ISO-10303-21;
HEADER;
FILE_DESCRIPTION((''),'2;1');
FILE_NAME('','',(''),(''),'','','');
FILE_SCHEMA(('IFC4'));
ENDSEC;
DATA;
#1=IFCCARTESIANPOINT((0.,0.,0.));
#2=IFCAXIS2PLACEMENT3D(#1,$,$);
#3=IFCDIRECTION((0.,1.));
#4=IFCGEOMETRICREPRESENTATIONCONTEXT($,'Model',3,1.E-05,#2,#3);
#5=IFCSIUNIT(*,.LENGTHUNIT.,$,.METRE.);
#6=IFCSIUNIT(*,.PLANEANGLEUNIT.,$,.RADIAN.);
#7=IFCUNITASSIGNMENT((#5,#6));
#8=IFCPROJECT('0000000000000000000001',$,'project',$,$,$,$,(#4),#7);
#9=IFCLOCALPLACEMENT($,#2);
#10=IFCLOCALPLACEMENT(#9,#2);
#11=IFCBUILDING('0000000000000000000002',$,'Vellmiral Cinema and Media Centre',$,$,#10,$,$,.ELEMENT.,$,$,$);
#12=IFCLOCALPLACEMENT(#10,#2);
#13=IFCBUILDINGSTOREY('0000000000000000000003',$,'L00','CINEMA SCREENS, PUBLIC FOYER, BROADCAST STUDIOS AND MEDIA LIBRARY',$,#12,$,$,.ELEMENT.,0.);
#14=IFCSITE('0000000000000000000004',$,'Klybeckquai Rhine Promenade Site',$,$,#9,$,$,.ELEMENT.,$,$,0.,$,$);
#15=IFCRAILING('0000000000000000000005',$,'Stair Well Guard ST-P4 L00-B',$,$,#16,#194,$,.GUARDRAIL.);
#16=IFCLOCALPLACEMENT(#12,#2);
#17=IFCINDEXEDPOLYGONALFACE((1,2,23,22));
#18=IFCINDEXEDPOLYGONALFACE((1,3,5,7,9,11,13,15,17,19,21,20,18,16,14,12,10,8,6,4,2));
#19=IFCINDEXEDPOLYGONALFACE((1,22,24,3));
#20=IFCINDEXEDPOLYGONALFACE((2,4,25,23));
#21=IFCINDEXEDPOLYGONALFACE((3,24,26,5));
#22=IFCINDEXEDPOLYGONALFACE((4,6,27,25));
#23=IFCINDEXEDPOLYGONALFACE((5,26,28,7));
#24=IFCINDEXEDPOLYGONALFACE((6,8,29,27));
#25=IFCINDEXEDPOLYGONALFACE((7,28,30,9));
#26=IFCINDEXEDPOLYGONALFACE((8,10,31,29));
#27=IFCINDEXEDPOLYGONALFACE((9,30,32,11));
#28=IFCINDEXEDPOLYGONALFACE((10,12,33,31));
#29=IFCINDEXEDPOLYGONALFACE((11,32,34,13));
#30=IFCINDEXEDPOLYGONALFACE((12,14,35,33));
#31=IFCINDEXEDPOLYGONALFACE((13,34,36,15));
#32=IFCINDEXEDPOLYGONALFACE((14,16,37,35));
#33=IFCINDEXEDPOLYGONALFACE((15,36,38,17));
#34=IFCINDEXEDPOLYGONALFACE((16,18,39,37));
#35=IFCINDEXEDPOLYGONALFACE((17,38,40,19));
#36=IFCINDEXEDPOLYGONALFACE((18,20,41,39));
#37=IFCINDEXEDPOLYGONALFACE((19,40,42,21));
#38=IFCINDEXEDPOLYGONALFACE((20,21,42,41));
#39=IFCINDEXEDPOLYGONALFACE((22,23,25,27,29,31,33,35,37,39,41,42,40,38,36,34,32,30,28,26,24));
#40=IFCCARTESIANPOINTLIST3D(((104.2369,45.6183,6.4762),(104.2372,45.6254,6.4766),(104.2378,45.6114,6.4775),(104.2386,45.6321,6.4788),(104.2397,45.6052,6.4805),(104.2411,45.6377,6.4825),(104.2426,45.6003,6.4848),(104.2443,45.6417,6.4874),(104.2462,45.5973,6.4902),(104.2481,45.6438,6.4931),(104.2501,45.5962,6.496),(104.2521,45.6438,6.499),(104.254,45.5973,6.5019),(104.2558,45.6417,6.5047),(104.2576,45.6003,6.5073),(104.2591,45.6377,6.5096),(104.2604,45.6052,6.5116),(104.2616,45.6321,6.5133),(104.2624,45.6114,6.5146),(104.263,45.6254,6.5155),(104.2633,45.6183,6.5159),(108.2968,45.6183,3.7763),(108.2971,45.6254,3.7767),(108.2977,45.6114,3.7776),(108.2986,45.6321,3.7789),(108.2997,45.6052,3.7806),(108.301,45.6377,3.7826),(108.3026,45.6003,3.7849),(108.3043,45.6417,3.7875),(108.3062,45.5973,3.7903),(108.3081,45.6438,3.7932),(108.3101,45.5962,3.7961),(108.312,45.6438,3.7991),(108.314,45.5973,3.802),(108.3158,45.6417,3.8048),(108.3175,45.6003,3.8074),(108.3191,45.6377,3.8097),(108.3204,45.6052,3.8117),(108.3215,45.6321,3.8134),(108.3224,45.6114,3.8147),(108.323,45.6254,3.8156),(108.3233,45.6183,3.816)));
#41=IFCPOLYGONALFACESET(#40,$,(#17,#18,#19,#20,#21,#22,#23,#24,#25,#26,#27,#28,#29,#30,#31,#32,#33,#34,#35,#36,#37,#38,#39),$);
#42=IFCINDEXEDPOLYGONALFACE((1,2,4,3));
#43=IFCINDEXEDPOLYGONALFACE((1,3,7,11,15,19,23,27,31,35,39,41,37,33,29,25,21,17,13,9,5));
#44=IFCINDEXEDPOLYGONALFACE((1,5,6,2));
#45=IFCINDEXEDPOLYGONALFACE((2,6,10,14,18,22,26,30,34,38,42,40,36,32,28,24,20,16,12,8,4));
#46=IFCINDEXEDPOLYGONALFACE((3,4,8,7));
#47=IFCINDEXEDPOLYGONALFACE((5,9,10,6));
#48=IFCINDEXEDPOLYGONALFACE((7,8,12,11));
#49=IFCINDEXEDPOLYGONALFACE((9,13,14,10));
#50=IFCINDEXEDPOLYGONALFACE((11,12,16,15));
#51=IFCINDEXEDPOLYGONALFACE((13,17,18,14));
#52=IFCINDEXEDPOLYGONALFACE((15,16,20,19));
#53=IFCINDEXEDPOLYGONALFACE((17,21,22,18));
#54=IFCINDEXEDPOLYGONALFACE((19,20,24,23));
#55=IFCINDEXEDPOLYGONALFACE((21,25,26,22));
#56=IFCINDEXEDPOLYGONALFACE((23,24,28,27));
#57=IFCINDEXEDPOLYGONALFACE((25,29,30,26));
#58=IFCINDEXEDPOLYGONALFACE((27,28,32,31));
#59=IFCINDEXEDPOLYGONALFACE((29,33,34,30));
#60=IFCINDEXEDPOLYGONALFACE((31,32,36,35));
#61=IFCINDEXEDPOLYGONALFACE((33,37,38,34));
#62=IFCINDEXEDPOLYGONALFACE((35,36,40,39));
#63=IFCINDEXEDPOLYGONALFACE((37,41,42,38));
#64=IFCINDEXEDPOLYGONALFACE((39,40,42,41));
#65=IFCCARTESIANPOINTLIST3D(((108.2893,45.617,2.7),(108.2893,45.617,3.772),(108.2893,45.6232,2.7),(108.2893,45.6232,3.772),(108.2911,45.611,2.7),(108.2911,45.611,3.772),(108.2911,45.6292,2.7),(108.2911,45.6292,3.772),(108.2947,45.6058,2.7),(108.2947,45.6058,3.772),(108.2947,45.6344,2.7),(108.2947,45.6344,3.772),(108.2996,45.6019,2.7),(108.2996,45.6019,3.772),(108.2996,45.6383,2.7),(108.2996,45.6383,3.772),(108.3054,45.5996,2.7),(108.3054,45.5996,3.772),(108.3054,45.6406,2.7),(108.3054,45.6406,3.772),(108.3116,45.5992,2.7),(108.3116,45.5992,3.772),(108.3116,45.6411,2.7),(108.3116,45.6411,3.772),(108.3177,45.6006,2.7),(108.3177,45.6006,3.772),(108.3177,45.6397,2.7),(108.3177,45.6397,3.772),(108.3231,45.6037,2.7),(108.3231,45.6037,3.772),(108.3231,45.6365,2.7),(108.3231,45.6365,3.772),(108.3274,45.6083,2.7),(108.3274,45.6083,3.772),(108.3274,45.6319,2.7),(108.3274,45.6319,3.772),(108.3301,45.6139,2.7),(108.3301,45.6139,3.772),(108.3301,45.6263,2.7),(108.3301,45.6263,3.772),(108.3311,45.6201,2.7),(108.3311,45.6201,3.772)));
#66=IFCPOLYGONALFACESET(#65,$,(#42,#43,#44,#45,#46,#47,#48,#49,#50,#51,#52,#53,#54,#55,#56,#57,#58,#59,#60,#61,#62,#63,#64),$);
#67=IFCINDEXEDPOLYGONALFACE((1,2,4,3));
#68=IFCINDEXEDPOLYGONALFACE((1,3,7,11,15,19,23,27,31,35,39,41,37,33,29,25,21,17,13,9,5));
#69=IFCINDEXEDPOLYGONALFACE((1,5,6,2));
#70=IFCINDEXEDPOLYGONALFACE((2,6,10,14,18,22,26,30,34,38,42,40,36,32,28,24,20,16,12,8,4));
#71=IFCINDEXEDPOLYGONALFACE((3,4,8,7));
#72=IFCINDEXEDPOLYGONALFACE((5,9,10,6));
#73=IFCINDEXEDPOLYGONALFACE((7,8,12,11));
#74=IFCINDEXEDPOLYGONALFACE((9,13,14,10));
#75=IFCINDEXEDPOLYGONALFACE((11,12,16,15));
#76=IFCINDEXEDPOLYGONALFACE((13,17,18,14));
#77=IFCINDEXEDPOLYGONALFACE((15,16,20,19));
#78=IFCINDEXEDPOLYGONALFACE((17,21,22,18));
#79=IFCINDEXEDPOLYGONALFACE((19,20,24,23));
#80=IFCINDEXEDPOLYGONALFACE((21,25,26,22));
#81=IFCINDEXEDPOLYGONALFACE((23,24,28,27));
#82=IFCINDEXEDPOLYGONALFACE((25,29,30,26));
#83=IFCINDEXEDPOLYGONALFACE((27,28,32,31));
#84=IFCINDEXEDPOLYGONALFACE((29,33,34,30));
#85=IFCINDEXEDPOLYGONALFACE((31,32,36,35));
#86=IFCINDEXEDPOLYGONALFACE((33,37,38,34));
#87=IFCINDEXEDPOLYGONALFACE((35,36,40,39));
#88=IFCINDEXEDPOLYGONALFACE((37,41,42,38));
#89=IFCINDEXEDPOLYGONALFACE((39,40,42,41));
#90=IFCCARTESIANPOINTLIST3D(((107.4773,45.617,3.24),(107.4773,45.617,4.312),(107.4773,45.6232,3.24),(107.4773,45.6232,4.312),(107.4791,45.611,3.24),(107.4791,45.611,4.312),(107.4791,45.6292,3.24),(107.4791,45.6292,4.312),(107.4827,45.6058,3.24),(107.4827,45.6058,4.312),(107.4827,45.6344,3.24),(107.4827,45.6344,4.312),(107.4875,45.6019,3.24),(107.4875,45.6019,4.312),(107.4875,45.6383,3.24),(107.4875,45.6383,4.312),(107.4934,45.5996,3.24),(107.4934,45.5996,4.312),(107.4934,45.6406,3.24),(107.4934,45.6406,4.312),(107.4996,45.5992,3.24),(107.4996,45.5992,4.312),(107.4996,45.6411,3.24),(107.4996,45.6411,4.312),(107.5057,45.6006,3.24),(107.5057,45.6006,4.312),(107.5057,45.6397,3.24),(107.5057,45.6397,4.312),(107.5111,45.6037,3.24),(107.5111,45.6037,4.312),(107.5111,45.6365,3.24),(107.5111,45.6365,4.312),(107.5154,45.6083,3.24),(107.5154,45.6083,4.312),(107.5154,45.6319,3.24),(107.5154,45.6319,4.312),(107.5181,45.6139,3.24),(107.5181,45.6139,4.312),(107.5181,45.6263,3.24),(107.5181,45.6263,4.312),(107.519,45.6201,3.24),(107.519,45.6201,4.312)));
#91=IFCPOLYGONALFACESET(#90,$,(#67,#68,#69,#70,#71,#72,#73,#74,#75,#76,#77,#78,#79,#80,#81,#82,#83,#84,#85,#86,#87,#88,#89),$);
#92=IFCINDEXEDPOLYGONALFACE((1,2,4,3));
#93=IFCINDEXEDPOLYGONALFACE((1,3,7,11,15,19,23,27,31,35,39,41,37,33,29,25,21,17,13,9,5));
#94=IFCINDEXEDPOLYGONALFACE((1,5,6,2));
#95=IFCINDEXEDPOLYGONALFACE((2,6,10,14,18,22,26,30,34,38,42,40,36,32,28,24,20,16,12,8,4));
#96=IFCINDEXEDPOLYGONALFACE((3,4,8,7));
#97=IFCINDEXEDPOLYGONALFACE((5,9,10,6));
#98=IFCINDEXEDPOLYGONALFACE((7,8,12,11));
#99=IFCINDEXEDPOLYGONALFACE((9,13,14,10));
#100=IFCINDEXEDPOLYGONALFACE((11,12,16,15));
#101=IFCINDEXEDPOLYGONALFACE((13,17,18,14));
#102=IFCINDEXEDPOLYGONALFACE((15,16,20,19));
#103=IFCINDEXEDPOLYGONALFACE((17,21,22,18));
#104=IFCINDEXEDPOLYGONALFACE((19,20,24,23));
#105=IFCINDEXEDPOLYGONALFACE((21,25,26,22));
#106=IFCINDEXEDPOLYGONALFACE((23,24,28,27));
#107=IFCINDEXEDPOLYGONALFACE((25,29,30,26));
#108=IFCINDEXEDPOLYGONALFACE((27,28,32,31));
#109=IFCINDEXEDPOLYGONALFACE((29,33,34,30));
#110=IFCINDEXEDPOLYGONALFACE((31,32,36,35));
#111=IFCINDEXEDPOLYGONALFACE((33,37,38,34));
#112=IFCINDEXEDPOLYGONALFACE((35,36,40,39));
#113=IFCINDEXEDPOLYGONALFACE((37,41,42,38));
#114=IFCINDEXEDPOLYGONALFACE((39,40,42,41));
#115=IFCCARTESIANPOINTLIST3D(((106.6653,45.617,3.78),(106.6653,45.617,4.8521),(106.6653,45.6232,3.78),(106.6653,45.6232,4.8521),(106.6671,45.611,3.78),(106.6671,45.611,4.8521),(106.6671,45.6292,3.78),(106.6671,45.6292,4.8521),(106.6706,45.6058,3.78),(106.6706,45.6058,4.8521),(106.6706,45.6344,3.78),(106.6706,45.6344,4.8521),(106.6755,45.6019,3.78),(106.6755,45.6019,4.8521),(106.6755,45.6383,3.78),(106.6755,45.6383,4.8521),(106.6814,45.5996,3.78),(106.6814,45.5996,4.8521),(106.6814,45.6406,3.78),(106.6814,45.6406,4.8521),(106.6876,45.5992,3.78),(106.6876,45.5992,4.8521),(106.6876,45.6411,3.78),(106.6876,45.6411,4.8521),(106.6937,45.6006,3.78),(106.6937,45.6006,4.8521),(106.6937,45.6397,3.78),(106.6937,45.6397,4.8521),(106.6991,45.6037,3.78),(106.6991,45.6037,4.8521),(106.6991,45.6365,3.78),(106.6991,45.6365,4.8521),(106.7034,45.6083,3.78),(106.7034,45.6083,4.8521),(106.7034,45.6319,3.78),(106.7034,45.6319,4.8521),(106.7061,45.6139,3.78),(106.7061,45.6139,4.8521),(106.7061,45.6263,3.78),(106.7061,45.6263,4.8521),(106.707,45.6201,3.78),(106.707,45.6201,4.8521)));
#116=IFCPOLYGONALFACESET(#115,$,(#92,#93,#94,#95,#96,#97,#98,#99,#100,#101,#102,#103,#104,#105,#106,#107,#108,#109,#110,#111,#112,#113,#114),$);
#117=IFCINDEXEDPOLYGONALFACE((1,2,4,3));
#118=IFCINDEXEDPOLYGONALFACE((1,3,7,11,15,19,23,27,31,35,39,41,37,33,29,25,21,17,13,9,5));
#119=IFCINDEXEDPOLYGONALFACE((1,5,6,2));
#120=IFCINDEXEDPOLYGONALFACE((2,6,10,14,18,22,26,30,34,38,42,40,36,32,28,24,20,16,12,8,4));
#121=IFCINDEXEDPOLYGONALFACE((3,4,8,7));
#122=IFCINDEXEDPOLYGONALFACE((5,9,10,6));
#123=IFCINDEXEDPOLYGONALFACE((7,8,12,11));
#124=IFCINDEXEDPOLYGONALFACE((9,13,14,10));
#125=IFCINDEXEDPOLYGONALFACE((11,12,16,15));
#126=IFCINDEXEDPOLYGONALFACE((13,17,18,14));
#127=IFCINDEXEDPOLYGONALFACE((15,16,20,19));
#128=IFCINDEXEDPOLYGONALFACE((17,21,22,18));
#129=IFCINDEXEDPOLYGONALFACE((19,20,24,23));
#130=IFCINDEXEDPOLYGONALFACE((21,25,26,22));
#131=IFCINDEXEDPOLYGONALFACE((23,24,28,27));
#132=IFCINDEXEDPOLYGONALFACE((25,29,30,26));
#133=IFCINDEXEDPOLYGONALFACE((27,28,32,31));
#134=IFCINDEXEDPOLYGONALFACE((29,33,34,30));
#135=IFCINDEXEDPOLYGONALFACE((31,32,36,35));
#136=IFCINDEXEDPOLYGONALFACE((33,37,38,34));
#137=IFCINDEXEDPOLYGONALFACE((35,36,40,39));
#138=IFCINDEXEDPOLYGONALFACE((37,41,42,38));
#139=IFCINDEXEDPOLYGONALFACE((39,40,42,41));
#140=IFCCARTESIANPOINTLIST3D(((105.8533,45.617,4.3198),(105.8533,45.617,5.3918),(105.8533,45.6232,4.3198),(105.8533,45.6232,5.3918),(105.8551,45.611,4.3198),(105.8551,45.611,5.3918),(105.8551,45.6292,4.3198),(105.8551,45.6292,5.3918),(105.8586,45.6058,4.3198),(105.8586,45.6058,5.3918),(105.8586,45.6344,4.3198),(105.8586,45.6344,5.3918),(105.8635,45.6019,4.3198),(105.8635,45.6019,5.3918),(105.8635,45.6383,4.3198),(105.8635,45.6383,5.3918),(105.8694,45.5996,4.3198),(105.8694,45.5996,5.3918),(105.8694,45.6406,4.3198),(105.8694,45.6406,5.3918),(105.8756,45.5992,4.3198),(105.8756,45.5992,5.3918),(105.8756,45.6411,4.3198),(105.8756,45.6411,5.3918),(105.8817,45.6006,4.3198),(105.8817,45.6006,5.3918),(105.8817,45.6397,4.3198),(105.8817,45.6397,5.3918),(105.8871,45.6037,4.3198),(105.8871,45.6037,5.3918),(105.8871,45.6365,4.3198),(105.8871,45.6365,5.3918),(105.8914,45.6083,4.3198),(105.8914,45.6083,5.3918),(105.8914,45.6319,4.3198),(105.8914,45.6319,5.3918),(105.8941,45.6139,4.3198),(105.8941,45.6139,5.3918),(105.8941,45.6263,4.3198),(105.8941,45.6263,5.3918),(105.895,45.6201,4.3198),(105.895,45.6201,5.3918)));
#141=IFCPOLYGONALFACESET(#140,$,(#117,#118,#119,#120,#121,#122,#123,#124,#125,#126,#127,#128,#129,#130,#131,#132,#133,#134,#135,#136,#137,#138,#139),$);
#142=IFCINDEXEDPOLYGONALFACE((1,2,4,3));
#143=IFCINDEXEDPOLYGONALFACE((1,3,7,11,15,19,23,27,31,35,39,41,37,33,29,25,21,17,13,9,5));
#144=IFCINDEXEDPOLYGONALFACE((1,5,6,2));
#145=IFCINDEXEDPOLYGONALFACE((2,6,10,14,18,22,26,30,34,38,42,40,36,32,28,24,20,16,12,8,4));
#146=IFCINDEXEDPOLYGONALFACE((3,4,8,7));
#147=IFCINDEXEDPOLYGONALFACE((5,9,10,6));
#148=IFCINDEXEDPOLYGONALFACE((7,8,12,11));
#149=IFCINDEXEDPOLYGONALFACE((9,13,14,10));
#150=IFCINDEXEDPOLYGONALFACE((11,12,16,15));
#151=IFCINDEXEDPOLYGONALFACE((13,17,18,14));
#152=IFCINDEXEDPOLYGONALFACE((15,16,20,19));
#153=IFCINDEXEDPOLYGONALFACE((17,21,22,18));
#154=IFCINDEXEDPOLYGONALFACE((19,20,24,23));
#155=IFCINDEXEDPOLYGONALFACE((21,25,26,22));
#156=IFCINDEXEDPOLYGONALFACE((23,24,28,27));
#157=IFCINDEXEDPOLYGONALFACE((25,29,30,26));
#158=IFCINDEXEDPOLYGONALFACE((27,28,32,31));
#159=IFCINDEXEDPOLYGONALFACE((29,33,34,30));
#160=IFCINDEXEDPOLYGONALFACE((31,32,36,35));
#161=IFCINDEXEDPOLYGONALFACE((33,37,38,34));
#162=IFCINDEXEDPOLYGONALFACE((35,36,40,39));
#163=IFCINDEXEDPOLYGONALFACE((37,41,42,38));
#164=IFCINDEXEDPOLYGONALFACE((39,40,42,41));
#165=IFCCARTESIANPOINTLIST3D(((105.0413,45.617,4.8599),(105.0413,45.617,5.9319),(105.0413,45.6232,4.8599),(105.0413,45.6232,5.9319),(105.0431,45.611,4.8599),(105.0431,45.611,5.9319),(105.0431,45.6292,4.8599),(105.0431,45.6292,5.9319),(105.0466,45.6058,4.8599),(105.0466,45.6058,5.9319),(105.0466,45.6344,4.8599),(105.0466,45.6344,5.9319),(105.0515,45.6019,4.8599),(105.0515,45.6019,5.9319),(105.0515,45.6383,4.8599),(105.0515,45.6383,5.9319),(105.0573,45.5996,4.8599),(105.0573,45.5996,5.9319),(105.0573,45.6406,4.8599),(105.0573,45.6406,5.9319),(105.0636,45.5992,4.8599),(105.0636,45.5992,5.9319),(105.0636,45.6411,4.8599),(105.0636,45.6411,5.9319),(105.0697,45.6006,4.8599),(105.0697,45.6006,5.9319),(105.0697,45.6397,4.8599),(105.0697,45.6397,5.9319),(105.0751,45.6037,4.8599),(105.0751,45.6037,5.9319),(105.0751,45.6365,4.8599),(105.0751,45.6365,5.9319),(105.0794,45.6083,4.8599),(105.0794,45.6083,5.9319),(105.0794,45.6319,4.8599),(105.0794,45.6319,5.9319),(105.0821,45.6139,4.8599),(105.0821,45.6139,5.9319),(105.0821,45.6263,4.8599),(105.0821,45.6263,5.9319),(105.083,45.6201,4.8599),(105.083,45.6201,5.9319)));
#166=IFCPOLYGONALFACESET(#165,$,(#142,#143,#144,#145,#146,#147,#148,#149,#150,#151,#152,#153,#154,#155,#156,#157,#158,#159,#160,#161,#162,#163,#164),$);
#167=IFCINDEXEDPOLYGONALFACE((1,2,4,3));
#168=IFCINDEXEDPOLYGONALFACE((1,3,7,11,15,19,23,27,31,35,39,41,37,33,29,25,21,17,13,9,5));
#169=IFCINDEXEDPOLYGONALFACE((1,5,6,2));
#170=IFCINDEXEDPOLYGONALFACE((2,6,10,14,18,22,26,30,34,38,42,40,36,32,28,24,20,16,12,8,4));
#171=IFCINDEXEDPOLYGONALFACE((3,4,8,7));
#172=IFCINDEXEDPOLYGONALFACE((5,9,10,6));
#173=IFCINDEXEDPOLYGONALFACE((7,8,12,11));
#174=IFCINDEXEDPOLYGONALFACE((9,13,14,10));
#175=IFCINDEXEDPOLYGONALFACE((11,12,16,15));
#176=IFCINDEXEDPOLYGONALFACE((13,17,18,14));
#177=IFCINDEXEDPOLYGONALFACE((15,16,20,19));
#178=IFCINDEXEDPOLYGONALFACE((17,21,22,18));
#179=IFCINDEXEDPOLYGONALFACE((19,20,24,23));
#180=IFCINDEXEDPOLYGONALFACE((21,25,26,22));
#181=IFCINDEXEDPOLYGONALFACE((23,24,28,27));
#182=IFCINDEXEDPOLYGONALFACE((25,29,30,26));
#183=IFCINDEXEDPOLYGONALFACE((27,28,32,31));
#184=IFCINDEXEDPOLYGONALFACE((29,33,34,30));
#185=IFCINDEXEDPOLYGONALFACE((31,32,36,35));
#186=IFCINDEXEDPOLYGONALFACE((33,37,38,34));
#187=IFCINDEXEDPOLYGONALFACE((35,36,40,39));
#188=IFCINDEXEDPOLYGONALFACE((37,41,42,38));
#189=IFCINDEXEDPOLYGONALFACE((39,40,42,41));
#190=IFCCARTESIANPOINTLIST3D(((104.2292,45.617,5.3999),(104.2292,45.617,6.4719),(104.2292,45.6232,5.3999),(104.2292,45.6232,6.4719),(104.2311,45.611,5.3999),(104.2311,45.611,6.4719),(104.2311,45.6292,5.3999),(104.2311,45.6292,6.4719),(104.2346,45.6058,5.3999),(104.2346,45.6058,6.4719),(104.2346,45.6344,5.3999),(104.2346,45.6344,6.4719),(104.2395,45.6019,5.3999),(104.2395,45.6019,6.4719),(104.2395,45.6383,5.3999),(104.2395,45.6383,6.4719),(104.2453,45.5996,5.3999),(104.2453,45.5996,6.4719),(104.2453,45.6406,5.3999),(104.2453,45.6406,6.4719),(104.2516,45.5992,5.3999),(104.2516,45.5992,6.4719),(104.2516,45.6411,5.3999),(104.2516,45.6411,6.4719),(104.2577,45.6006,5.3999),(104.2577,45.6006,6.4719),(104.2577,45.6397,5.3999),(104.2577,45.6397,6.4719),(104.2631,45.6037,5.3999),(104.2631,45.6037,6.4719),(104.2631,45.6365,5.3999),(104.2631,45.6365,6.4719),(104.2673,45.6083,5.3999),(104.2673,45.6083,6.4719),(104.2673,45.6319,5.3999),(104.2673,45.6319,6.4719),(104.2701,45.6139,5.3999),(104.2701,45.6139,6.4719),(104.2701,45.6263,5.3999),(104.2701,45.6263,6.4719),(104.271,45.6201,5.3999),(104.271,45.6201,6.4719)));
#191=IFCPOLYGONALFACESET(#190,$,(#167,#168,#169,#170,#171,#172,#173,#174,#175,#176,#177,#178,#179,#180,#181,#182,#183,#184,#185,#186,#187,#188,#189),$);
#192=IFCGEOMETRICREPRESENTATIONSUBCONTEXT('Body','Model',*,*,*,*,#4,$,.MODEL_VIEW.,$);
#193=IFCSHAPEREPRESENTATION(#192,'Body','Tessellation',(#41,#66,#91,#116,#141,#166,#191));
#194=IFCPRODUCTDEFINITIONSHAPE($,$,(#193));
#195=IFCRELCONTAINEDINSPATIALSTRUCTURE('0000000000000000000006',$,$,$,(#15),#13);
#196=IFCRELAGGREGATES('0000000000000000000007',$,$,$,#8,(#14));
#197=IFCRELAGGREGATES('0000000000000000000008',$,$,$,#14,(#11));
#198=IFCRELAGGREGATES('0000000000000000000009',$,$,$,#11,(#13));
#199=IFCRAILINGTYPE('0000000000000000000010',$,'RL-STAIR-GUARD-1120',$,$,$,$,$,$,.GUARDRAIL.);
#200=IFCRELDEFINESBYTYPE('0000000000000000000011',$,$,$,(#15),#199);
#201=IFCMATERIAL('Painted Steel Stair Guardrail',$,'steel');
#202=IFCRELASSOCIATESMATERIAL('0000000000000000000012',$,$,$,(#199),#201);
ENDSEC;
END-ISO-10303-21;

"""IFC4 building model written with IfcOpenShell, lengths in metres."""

from ifc_helpers import new_model, si_unit, direction, frame, origin, origin_2d, place, context, subcontext, project, spatial, circle, extrude, material, type_object, element, save


model = new_model("IFC4")

# Units and contexts
model_context = context("Model", 3, precision=1e-05, world=origin(), true_north=direction((0.0, 1.0)))
body_context = subcontext(model_context, "Body", "Model", "MODEL_VIEW")
ifc_project = project(units=[si_unit("LENGTHUNIT", "METRE"), si_unit("PLANEANGLEUNIT", "RADIAN")], contexts=[model_context])

# Site, building, storey
site_placement = place(None, origin())
site = spatial("IfcSite", under=ifc_project, at=site_placement, Name="Klybeckquai Rhine Promenade Site", CompositionType="ELEMENT", RefElevation=0.0)
building_placement = place(site_placement, origin())
building = spatial("IfcBuilding", under=site, at=building_placement, Name="Vellmiral Cinema and Media Centre", CompositionType="ELEMENT")
storey_placement = place(building_placement, origin())
storey = spatial("IfcBuildingStorey", under=building, at=storey_placement, Name="L00", Description="CINEMA SCREENS, PUBLIC FOYER, BROADCAST STUDIOS AND MEDIA LIBRARY", CompositionType="ELEMENT", Elevation=0.0)

# Railing
ifc_material_1 = material(Name="Painted Steel Stair Guardrail", Category="steel")
railing_type_1 = type_object("IfcRailingType", Name="RL-STAIR-GUARD-1120", PredefinedType="GUARDRAIL", material=ifc_material_1)
railing_1_placement = place(storey_placement, frame((108.3101, 45.6201, 2.7)))
element("IfcRailing", 1, at=railing_1_placement, inside=storey, type_object=railing_type_1, Name="Stair Well Guard ST-P4 L00-B", PredefinedType="GUARDRAIL", context=body_context, shape_type="SweptSolid", body=[
    extrude(circle(Radius=0.0239, at=origin_2d()), frame((0.0, 0.0, 1.0962), z_axis=(-0.832689, 0.0, 0.553741), x_axis=(0.0, -1.0, 0.0)), (0.0, 0.0, 1.0), 4.8757),
    extrude(circle(Radius=0.021, at=origin_2d()), origin(), (0.0, 0.0, 1.0), 1.072),
    extrude(circle(Radius=0.021, at=origin_2d()), frame((-0.812, 0.0, 0.54)), (0.0, 0.0, 1.0), 1.072),
    extrude(circle(Radius=0.021, at=origin_2d()), frame((-1.624, 0.0, 1.0801)), (0.0, 0.0, 1.0), 1.072),
    extrude(circle(Radius=0.021, at=origin_2d()), frame((-2.436, 0.0, 1.6199)), (0.0, 0.0, 1.0), 1.072),
    extrude(circle(Radius=0.021, at=origin_2d()), frame((-3.248, 0.0, 2.1599)), (0.0, 0.0, 1.0), 1.072),
    extrude(circle(Radius=0.021, at=origin_2d()), frame((-4.0601, 0.0, 2.7)), (0.0, 0.0, 1.0), 1.072),
])

save(model, "model.ifc")
